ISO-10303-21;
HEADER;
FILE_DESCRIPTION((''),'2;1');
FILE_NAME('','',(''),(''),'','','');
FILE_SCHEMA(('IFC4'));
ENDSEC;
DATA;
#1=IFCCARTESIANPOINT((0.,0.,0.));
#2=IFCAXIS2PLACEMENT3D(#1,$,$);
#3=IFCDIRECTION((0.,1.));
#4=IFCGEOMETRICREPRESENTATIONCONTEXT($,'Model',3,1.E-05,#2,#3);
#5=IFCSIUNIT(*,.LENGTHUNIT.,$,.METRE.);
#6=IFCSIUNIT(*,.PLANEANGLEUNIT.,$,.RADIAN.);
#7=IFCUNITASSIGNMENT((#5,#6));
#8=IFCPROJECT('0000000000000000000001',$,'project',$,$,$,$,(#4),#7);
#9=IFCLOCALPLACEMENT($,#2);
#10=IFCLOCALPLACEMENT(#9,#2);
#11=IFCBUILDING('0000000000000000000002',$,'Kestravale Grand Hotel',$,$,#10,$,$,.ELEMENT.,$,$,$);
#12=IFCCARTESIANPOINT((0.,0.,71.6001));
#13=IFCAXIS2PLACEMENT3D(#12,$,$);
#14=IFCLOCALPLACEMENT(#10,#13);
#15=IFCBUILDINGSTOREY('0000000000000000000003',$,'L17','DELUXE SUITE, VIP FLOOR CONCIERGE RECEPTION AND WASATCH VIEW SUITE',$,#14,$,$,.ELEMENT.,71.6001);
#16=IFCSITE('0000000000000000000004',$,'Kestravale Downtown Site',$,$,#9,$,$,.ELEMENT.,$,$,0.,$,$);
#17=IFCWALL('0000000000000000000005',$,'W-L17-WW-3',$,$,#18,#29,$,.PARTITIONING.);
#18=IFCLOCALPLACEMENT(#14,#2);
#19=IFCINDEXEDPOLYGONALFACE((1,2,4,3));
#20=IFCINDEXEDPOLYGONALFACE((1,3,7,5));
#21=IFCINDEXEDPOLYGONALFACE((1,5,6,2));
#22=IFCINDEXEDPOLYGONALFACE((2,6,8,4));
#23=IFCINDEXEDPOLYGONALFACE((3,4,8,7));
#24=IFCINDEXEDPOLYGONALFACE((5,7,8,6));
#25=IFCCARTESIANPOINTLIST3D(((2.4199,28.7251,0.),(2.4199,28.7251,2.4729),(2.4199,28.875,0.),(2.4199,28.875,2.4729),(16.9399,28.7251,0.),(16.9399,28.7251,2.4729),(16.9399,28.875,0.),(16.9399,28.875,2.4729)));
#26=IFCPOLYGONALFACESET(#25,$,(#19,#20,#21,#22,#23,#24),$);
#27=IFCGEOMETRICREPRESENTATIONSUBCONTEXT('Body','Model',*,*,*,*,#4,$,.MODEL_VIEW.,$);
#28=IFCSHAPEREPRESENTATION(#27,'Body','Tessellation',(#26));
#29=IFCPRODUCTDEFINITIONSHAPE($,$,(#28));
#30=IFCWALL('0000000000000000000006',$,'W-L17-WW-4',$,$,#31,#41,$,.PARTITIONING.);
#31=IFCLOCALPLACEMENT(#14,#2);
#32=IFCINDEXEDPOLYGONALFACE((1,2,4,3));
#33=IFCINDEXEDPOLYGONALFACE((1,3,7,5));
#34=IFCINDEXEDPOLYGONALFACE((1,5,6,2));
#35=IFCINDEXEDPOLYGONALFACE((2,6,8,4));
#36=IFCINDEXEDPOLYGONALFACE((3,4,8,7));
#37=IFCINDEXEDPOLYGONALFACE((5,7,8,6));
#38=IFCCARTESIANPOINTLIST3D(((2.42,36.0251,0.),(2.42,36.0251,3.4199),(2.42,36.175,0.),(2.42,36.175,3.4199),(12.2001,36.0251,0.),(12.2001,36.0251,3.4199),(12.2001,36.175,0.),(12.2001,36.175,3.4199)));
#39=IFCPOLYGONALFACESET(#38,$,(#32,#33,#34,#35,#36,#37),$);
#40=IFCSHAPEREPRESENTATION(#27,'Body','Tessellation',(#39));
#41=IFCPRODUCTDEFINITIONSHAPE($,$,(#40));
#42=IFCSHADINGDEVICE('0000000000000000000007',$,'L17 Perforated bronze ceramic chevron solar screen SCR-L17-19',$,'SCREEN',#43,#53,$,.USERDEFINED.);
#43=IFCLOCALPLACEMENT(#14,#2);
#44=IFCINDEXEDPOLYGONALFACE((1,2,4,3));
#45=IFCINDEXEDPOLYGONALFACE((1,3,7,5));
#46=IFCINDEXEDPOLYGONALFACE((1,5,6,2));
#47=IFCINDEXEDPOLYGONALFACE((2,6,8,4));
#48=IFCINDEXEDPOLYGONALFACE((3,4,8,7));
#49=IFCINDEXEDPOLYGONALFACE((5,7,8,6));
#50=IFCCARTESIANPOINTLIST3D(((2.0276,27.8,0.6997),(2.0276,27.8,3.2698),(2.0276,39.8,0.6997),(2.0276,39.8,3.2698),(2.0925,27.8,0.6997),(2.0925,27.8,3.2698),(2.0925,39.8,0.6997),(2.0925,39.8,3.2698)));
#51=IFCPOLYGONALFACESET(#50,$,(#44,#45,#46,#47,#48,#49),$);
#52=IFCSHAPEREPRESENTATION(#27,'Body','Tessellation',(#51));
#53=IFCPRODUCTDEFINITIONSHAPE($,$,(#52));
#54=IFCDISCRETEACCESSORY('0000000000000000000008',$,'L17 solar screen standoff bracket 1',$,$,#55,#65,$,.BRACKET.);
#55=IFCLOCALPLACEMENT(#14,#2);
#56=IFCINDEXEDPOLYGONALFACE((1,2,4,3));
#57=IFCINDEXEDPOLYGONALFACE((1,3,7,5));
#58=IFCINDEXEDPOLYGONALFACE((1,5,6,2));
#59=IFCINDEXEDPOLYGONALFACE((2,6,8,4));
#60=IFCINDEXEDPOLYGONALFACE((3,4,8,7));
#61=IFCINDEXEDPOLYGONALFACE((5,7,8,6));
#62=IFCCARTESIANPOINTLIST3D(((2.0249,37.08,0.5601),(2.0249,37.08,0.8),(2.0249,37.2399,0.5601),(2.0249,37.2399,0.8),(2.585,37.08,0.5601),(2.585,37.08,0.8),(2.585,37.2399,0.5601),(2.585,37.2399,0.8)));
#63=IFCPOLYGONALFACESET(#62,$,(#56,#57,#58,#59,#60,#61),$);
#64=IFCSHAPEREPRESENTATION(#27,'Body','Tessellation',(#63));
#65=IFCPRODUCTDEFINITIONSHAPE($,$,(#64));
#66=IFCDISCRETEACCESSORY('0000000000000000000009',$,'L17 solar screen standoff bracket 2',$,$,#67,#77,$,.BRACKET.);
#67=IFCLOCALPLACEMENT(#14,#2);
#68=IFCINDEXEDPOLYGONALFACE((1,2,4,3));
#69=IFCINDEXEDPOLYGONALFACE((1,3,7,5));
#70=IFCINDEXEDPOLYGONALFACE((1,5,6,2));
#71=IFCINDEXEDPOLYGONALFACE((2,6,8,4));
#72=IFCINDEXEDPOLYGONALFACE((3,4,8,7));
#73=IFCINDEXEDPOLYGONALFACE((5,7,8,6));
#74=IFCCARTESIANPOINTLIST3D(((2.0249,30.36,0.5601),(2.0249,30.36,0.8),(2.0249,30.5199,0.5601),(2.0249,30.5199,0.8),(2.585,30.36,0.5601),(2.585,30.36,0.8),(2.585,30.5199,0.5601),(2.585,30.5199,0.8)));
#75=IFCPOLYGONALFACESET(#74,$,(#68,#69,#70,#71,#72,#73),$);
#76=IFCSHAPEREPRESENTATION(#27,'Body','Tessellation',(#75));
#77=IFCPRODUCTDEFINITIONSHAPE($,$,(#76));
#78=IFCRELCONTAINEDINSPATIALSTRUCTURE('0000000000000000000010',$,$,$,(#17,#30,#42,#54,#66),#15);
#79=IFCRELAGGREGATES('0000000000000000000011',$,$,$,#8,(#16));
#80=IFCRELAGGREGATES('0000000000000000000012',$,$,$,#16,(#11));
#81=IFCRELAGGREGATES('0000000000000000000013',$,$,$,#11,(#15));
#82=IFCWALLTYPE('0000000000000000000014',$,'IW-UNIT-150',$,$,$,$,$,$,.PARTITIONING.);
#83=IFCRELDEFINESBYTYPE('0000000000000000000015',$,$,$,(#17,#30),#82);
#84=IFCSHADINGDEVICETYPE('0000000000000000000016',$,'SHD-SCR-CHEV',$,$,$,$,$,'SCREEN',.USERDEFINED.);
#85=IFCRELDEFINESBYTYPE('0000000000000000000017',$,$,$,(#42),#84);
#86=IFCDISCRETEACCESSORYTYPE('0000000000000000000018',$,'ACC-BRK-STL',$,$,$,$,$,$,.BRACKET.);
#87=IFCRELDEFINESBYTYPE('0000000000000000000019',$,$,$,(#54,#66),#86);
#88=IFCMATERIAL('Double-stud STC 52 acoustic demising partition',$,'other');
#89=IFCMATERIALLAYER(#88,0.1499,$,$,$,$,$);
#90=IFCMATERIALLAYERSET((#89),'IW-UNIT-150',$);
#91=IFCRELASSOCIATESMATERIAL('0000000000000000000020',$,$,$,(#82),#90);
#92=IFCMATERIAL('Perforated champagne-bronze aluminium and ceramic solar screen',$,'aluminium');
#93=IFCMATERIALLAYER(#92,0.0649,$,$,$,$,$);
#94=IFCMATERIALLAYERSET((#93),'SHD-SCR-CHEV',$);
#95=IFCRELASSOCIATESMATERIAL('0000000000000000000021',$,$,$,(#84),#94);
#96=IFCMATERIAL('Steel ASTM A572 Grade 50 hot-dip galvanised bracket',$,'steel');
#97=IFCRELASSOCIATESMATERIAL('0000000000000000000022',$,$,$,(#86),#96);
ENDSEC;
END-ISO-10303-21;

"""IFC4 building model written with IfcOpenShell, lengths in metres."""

from ifc_helpers import new_model, si_unit, direction, frame, frame_2d, origin, origin_2d, place, context, subcontext, project, spatial, rectangle, extrude, material, layer, layer_set, type_object, element, save


model = new_model("IFC4")

# Units and contexts
model_context = context("Model", 3, precision=1e-05, world=origin(), true_north=direction((0.0, 1.0)))
body_context = subcontext(model_context, "Body", "Model", "MODEL_VIEW")
ifc_project = project(units=[si_unit("LENGTHUNIT", "METRE"), si_unit("PLANEANGLEUNIT", "RADIAN")], contexts=[model_context])

# Site, building, storey
site_placement = place(None, origin())
site = spatial("IfcSite", under=ifc_project, at=site_placement, Name="Kestravale Downtown Site", CompositionType="ELEMENT", RefElevation=0.0)
building_placement = place(site_placement, origin())
building = spatial("IfcBuilding", under=site, at=building_placement, Name="Kestravale Grand Hotel", CompositionType="ELEMENT")
storey_placement = place(building_placement, frame((0.0, 0.0, 71.6001)))
storey = spatial("IfcBuildingStorey", under=building, at=storey_placement, Name="L17", Description="DELUXE SUITE, VIP FLOOR CONCIERGE RECEPTION AND WASATCH VIEW SUITE", CompositionType="ELEMENT", Elevation=71.6001)

# Walls
ifc_material_1 = material(Name="Double-stud STC 52 acoustic demising partition", Category="other")
ifc_layer_1 = layer(ifc_material_1, 0.1499)
ifc_layer_set_1 = layer_set([ifc_layer_1], Name="IW-UNIT-150")
wall_type_1 = type_object("IfcWallType", Name="IW-UNIT-150", PredefinedType="PARTITIONING", material=ifc_layer_set_1)
wall_1_placement = place(storey_placement, frame((2.4199, 28.8, 0.0), z_axis=(0.0, 0.0, 1.0), x_axis=(1.0, 0.0, 0.0)))
element("IfcWall", 1, at=wall_1_placement, inside=storey, type_object=wall_type_1, Name="W-L17-WW-3", PredefinedType="PARTITIONING", context=body_context, shape_type="SweptSolid", body=[
    extrude(rectangle(XDim=14.52, YDim=0.1499, at=frame_2d((7.26, 0.0))), origin(), (0.0, 0.0, 1.0), 2.4729),
])
wall_2_placement = place(storey_placement, frame((2.4199, 36.1001, 0.0), z_axis=(0.0, 0.0, 1.0), x_axis=(1.0, 0.0, 0.0)))
element("IfcWall", 2, at=wall_2_placement, inside=storey, type_object=wall_type_1, Name="W-L17-WW-4", PredefinedType="PARTITIONING", context=body_context, shape_type="SweptSolid", body=[
    extrude(rectangle(XDim=9.78, YDim=0.1499, at=frame_2d((4.8901, 0.0))), origin(), (0.0, 0.0, 1.0), 3.4199),
])

# Shading device
ifc_material_2 = material(Name="Perforated champagne-bronze aluminium and ceramic solar screen", Category="aluminium")
ifc_layer_2 = layer(ifc_material_2, 0.0649)
ifc_layer_set_2 = layer_set([ifc_layer_2], Name="SHD-SCR-CHEV")
shading_device_type = type_object("IfcShadingDeviceType", Name="SHD-SCR-CHEV", ElementType="SCREEN", PredefinedType="USERDEFINED", material=ifc_layer_set_2)
shading_device_placement = place(storey_placement, frame((2.0601, 33.8, 0.6997), z_axis=(0.0, 0.0, 1.0), x_axis=(0.0, -1.0, 0.0)))
element("IfcShadingDevice", 3, at=shading_device_placement, inside=storey, type_object=shading_device_type, Name="L17 Perforated bronze ceramic chevron solar screen SCR-L17-19", ObjectType="SCREEN", PredefinedType="USERDEFINED", context=body_context, shape_type="SweptSolid", body=[
    extrude(rectangle(XDim=12.0, YDim=0.0649, at=origin_2d()), origin(), (0.0, 0.0, 1.0), 2.5701),
])

# Discrete accessories
ifc_material_3 = material(Name="Steel ASTM A572 Grade 50 hot-dip galvanised bracket", Category="steel")
discrete_accessory_type = type_object("IfcDiscreteAccessoryType", Name="ACC-BRK-STL", PredefinedType="BRACKET", material=ifc_material_3)
for number, where, z_axis, x_axis, name in (
    (4, (2.3049, 37.1599, 0.5601), (0.0, 0.0, 1.0), (0.0, -1.0, 0.0), "L17 solar screen standoff bracket 1"),
    (5, (2.3049, 30.4399, 0.5601), (0.0, 0.0, 1.0), (0.0, -1.0, 0.0), "L17 solar screen standoff bracket 2"),
):
    element("IfcDiscreteAccessory", number, at=place(storey_placement, frame(where, z_axis=z_axis, x_axis=x_axis)), inside=storey, type_object=discrete_accessory_type, Name=name, PredefinedType="BRACKET", context=body_context, shape_type="SweptSolid", body=[
        extrude(rectangle(XDim=0.1599, YDim=0.5601, at=origin_2d()), origin(), (0.0, 0.0, 1.0), 0.24),
    ])

save(model, "model.ifc")
